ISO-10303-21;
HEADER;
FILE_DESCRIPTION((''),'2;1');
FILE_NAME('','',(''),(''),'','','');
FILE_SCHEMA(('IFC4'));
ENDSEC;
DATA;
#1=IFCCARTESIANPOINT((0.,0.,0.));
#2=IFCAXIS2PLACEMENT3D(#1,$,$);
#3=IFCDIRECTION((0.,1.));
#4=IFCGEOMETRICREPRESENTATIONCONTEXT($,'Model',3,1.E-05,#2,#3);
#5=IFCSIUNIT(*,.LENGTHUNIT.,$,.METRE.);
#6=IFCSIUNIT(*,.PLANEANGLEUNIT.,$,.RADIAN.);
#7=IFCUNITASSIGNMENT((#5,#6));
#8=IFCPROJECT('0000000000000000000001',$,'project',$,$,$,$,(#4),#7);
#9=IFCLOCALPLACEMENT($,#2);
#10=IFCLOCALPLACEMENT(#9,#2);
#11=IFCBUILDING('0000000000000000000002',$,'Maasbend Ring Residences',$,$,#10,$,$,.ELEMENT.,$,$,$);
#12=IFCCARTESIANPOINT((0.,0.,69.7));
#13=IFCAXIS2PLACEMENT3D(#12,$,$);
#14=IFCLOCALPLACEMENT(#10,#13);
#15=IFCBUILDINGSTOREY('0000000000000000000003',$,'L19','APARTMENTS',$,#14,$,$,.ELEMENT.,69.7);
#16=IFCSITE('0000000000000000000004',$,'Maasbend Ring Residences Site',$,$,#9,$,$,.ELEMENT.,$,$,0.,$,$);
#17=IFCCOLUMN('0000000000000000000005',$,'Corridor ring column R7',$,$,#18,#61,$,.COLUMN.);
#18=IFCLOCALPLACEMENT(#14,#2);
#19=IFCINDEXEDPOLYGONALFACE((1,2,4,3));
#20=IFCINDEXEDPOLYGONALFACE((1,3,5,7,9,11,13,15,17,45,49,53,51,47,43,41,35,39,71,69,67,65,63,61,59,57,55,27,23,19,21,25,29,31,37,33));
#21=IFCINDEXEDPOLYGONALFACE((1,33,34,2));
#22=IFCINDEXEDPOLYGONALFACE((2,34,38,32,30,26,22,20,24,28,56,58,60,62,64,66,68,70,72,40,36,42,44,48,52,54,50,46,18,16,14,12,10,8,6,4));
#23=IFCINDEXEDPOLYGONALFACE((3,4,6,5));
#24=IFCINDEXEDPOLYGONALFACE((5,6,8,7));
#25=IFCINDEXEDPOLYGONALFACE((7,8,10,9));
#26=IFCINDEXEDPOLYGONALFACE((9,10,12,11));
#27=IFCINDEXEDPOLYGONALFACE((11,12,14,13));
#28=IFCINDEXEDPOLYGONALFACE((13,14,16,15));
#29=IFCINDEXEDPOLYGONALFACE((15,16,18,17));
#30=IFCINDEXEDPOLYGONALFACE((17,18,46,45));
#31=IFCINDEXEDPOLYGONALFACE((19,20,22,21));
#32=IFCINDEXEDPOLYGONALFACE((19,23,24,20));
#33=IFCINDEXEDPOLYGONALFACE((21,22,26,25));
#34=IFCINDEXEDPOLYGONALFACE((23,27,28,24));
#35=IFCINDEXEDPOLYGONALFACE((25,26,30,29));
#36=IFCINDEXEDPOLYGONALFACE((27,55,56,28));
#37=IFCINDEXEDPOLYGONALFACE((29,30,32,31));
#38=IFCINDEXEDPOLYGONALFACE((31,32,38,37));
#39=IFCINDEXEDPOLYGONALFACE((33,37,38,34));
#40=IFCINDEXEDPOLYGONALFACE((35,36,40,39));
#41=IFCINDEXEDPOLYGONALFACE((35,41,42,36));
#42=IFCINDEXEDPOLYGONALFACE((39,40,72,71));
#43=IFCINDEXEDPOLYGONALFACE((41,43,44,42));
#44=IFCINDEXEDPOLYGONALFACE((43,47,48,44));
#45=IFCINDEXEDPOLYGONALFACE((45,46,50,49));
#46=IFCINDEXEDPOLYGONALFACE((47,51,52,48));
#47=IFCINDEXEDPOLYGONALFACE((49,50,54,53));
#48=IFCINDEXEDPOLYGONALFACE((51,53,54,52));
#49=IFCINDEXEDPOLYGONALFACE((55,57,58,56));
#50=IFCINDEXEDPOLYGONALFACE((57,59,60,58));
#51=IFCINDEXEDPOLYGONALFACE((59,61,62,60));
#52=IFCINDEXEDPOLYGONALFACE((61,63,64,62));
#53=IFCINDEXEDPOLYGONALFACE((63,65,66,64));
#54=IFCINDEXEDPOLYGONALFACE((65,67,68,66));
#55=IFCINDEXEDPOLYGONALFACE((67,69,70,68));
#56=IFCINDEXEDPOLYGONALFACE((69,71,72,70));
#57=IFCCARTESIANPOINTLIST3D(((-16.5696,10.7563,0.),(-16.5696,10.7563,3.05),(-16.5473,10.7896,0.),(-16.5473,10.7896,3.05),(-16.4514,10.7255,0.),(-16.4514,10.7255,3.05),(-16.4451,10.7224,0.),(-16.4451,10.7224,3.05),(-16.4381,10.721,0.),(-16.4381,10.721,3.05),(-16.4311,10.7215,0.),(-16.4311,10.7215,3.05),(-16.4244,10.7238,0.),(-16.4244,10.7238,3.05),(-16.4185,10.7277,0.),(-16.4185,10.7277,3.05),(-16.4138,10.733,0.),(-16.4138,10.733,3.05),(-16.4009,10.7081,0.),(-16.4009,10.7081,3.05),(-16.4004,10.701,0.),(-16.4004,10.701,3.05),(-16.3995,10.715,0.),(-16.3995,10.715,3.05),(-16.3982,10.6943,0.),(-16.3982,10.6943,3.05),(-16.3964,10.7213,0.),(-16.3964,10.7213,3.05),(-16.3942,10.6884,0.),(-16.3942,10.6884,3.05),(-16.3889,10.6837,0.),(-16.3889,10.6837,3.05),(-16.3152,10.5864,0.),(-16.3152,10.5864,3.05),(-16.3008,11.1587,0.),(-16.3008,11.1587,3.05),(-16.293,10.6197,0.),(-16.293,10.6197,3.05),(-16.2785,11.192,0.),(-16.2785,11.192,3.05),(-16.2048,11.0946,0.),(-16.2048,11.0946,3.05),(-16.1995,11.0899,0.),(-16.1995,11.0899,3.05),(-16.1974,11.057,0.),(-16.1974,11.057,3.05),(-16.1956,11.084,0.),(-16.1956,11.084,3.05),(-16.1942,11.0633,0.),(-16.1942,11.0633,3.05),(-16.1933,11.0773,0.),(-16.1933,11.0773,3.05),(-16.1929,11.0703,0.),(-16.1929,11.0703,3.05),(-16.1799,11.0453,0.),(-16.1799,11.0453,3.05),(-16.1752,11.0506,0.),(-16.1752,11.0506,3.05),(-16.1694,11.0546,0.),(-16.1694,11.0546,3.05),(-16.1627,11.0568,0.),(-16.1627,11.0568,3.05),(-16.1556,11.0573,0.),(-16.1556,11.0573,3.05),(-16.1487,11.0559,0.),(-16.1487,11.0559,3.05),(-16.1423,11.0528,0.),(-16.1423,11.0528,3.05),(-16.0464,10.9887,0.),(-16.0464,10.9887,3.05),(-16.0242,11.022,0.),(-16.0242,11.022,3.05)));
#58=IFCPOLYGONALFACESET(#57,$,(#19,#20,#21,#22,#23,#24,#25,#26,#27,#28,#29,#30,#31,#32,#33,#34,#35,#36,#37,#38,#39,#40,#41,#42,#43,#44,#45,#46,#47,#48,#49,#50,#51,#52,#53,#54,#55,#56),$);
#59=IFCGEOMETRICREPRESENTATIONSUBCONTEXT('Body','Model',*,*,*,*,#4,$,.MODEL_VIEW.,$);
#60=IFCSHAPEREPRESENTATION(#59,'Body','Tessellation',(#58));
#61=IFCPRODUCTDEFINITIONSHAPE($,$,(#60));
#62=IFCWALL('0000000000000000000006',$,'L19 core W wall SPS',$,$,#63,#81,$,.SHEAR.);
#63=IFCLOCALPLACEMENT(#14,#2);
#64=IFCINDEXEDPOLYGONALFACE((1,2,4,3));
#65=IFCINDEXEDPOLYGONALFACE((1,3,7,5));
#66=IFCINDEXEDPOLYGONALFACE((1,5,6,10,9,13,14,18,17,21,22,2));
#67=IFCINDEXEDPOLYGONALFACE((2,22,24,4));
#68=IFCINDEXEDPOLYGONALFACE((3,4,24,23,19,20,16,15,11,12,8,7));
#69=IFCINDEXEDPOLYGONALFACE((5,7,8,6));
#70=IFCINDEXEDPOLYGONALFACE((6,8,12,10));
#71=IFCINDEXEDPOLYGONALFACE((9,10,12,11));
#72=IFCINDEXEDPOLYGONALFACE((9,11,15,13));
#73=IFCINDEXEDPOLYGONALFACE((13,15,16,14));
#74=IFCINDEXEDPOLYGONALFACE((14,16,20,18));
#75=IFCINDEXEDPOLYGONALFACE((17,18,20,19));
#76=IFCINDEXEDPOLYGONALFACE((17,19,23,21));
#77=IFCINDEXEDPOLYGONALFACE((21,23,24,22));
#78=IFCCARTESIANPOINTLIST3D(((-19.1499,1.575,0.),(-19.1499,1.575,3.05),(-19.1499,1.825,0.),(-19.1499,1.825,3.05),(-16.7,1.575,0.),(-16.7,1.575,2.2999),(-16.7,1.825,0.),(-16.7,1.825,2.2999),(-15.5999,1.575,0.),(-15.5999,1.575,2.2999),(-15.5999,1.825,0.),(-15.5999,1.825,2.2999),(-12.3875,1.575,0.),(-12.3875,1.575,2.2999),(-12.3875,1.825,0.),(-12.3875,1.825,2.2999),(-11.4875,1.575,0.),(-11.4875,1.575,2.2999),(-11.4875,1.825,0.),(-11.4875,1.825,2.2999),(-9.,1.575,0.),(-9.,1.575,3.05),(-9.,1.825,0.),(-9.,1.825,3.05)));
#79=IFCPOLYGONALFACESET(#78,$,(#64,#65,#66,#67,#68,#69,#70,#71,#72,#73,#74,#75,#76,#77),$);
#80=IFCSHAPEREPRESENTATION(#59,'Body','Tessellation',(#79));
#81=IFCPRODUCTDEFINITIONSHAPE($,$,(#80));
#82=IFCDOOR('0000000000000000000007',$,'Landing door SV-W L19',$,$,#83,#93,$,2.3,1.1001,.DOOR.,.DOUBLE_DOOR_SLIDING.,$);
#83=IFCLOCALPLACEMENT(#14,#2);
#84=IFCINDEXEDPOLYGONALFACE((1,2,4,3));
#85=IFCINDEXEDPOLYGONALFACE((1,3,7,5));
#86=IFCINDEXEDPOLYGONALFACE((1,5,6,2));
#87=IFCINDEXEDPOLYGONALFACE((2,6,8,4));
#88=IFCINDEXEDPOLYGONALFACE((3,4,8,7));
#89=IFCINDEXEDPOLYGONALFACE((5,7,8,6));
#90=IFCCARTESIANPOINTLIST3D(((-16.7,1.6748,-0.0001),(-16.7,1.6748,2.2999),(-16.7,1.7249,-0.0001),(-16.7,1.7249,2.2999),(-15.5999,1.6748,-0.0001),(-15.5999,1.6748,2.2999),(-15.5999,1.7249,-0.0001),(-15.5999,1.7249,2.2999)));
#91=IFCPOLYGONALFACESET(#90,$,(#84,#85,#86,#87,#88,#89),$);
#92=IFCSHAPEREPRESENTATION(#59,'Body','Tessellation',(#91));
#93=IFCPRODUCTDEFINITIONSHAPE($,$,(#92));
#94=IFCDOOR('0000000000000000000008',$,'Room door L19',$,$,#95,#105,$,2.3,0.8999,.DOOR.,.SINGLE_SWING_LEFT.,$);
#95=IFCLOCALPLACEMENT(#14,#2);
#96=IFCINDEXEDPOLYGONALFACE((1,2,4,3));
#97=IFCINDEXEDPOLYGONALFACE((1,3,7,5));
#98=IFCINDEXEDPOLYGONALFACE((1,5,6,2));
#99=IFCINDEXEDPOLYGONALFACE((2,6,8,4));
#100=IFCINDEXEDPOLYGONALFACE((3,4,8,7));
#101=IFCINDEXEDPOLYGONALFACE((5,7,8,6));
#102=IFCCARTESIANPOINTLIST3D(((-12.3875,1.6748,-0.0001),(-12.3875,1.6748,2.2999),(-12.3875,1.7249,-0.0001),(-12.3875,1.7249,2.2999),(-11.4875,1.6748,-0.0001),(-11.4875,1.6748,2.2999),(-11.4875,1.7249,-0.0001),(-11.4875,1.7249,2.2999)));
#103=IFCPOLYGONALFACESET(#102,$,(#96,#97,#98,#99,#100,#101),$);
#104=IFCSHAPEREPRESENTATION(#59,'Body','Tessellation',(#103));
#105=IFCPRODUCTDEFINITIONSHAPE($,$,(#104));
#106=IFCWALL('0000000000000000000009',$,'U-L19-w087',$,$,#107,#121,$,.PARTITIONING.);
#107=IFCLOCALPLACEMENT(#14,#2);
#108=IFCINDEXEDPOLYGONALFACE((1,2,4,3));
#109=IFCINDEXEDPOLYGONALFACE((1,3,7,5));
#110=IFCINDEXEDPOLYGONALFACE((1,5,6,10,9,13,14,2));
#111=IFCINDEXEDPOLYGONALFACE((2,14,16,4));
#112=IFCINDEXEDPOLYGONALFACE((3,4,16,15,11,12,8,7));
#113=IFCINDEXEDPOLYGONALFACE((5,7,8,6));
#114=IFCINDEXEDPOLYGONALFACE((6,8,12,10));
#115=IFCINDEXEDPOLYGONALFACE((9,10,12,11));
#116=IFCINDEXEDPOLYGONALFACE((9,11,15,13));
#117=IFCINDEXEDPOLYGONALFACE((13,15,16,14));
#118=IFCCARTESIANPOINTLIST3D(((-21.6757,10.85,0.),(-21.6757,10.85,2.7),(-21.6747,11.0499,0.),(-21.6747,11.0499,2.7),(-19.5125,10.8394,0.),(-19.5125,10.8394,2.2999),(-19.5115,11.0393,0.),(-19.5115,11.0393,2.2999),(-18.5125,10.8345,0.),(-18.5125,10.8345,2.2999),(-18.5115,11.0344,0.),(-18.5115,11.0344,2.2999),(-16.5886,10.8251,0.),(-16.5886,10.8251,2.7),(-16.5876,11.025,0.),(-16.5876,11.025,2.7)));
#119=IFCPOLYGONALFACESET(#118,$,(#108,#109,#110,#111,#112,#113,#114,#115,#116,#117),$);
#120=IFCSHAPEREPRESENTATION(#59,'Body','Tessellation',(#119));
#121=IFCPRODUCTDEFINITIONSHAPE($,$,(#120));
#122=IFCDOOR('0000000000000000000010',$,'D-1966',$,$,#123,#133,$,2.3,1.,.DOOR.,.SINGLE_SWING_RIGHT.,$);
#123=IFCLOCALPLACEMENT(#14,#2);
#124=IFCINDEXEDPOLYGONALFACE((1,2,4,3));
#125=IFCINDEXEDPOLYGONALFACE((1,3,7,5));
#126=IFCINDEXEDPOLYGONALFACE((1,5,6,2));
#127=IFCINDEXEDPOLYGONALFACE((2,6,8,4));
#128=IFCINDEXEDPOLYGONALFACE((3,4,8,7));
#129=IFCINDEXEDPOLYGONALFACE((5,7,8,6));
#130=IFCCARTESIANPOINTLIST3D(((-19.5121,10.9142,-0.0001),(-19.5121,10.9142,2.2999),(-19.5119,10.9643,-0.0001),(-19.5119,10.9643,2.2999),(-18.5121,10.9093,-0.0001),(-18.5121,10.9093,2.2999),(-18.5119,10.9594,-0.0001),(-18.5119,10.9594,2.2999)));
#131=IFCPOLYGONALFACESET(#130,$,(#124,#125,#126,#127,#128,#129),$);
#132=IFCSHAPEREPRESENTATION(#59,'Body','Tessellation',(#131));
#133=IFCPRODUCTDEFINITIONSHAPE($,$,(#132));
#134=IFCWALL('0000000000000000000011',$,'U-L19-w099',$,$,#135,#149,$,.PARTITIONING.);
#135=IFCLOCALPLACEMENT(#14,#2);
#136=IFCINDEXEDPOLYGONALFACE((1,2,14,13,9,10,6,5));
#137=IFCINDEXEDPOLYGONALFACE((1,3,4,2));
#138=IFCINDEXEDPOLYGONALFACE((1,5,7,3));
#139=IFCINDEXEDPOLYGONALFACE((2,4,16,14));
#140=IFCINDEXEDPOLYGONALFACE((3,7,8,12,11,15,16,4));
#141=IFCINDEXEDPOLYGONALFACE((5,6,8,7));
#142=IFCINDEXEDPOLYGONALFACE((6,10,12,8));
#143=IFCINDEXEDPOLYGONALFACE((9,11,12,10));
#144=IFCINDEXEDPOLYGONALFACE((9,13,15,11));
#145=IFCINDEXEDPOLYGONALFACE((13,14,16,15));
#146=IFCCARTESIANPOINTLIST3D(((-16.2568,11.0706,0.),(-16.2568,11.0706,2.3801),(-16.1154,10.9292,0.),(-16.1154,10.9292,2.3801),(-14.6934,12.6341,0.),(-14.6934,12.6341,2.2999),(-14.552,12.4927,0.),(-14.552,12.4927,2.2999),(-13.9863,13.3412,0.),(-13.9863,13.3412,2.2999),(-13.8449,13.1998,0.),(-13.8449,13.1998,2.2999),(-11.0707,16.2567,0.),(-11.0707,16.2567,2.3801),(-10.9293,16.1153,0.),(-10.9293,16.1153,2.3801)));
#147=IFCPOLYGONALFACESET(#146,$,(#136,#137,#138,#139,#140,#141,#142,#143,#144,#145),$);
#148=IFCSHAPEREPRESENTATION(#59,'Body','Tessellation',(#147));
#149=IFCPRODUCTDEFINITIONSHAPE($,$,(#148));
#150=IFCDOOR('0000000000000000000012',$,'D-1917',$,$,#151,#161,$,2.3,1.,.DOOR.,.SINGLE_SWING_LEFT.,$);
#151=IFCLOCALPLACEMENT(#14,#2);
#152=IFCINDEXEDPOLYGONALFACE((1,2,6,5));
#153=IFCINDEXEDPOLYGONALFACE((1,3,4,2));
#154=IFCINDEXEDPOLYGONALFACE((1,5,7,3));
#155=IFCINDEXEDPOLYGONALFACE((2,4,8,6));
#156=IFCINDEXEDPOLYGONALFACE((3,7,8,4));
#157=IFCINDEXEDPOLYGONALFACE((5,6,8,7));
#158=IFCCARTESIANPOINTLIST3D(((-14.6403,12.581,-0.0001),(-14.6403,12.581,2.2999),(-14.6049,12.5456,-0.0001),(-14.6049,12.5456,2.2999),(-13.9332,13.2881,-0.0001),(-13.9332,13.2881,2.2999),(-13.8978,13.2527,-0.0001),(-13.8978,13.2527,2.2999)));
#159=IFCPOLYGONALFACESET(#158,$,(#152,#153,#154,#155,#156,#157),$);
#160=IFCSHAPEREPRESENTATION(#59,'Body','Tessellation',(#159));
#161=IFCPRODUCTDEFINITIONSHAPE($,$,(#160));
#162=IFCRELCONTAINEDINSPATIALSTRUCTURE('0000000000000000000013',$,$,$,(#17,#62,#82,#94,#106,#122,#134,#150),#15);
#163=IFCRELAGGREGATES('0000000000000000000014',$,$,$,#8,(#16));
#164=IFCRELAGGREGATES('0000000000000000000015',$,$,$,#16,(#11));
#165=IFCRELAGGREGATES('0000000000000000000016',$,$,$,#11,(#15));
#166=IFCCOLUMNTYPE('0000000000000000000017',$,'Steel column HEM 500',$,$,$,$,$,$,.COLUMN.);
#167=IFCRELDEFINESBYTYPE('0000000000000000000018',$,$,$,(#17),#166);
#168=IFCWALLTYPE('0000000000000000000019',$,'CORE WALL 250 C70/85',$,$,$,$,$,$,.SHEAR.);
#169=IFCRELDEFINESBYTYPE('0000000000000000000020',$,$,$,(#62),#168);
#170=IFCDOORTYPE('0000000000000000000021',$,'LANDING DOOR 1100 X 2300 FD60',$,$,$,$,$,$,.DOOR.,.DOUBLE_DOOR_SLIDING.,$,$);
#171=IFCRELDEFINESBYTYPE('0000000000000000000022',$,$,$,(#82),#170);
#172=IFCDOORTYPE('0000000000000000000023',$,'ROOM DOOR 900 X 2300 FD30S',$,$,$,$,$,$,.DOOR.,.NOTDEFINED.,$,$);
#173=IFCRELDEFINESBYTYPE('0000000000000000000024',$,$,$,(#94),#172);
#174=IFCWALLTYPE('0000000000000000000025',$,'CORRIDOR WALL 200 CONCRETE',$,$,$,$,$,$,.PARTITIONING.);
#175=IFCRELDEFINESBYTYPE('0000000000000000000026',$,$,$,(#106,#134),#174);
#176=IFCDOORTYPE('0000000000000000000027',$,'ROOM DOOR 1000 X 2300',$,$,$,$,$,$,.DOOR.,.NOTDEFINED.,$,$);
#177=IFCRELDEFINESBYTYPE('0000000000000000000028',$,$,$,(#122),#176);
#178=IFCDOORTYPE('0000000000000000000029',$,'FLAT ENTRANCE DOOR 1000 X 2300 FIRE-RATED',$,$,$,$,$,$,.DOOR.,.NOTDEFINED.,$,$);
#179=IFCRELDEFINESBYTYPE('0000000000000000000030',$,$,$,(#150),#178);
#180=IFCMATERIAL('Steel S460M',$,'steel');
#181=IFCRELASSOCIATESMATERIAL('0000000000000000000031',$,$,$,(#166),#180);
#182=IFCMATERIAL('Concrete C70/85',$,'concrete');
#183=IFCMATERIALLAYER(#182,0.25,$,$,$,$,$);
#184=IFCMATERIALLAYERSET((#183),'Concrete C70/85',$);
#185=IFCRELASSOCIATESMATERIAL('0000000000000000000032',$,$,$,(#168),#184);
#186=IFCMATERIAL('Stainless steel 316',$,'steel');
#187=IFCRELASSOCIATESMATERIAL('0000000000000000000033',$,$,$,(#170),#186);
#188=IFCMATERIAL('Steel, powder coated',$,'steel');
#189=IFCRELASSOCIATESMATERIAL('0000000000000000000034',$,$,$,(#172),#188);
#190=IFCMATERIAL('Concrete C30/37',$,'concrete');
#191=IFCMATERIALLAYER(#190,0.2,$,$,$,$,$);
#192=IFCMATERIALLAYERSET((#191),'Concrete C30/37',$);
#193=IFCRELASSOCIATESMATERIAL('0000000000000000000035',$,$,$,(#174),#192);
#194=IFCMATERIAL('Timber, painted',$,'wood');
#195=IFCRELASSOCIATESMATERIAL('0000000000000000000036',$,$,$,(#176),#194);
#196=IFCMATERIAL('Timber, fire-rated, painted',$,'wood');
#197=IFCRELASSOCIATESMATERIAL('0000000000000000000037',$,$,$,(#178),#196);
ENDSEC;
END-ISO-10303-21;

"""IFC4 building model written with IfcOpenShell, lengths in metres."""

from ifc_helpers import new_model, si_unit, direction, frame, frame_2d, origin, origin_2d, place, context, subcontext, project, spatial, rectangle, i_section, extrude, material, layer, layer_set, material_profile, profile_set, type_object, element, fill, save


model = new_model("IFC4")

# Units and contexts
model_context = context("Model", 3, precision=1e-05, world=origin(), true_north=direction((0.0, 1.0)))
body_context = subcontext(model_context, "Body", "Model", "MODEL_VIEW")
ifc_project = project(units=[si_unit("LENGTHUNIT", "METRE"), si_unit("PLANEANGLEUNIT", "RADIAN")], contexts=[model_context])

# Site, building, storey
site_placement = place(None, origin())
site = spatial("IfcSite", under=ifc_project, at=site_placement, Name="Maasbend Ring Residences Site", CompositionType="ELEMENT", RefElevation=0.0)
building_placement = place(site_placement, origin())
building = spatial("IfcBuilding", under=site, at=building_placement, Name="Maasbend Ring Residences", CompositionType="ELEMENT")
storey_placement = place(building_placement, frame((0.0, 0.0, 69.7)))
storey = spatial("IfcBuildingStorey", under=building, at=storey_placement, Name="L19", Description="APARTMENTS", CompositionType="ELEMENT", Elevation=69.7)

# Column
ifc_material_1 = material(Name="Steel S460M", Category="steel")
ifc_material_profile = material_profile(ifc_material_1, i_section(OverallWidth=0.3059, OverallDepth=0.5239, WebThickness=0.021, FlangeThickness=0.04, FilletRadius=0.0271, at=origin_2d()), Name="HEM 500")
ifc_profile_set = profile_set([ifc_material_profile], Name="Steel S460M")
column_type = type_object("IfcColumnType", Name="Steel column HEM 500", PredefinedType="COLUMN", material=ifc_profile_set)
column_placement = place(storey_placement, frame((-16.2969, 10.8892, 0.0), z_axis=(0.0, 0.0, 1.0), x_axis=(-0.83147, 0.55557, 0.0)))
element("IfcColumn", 1, at=column_placement, inside=storey, type_object=column_type, Name="Corridor ring column R7", PredefinedType="COLUMN", context=body_context, shape_type="SweptSolid", body=[
    extrude(i_section(OverallWidth=0.3059, OverallDepth=0.5239, WebThickness=0.021, FlangeThickness=0.04, FilletRadius=0.0271, at=origin_2d()), origin(), (0.0, 0.0, 1.0), 3.05),
])

# Wall, openings, doors
ifc_material_2 = material(Name="Concrete C70/85", Category="concrete")
ifc_layer_1 = layer(ifc_material_2, 0.25)
ifc_layer_set_1 = layer_set([ifc_layer_1], Name="Concrete C70/85")
wall_type_1 = type_object("IfcWallType", Name="CORE WALL 250 C70/85", PredefinedType="SHEAR", material=ifc_layer_set_1)
wall_1_placement = place(storey_placement, frame((-19.1499, 1.7, 0.0), z_axis=(0.0, 0.0, 1.0), x_axis=(1.0, 0.0, 0.0)))
wall_1 = element("IfcWall", 2, at=wall_1_placement, inside=storey, type_object=wall_type_1, Name="L19 core W wall SPS", PredefinedType="SHEAR", context=body_context, shape_type="SweptSolid", body=[
    extrude(rectangle(XDim=10.1499, YDim=0.25, at=frame_2d((5.075, 0.0))), origin(), (0.0, 0.0, 1.0), 3.05),
])
opening_1_placement = place(wall_1_placement, frame((2.45, 0.0, 0.0)))
opening_1 = element("IfcOpeningElement", 3, at=opening_1_placement, cuts=wall_1, PredefinedType="OPENING", context=body_context, shape_type="SweptSolid", body=[
    extrude(rectangle(XDim=1.1001, YDim=2.3, at=frame_2d((0.55, 1.1499))), frame((0.0, 0.135, 0.0), z_axis=(0.0, -1.0, 0.0), x_axis=(1.0, 0.0, 0.0)), (0.0, 0.0, 1.0), 0.27),
])
opening_2_placement = place(wall_1_placement, frame((6.7625, 0.0, 0.0)))
opening_2 = element("IfcOpeningElement", 4, at=opening_2_placement, cuts=wall_1, PredefinedType="OPENING", context=body_context, shape_type="SweptSolid", body=[
    extrude(rectangle(XDim=0.8999, YDim=2.3, at=frame_2d((0.45, 1.1499))), frame((0.0, 0.135, 0.0), z_axis=(0.0, -1.0, 0.0), x_axis=(1.0, 0.0, 0.0)), (0.0, 0.0, 1.0), 0.27),
])
ifc_material_3 = material(Name="Stainless steel 316", Category="steel")
door_type_1 = type_object("IfcDoorType", Name="LANDING DOOR 1100 X 2300 FD60", OperationType="DOUBLE_DOOR_SLIDING", PredefinedType="DOOR", material=ifc_material_3)
door_1_placement = place(opening_1_placement, origin())
door_1 = element("IfcDoor", 5, at=door_1_placement, inside=storey, type_object=door_type_1, Name="Landing door SV-W L19", OperationType="DOUBLE_DOOR_SLIDING", OverallHeight=2.3, OverallWidth=1.1001, PredefinedType="DOOR", context=body_context, shape_type="SweptSolid", body=[
    extrude(rectangle(XDim=1.1001, YDim=2.3, at=frame_2d((0.55, 1.1499))), frame((0.0, 0.0249, 0.0), z_axis=(0.0, -1.0, 0.0), x_axis=(1.0, 0.0, 0.0)), (0.0, 0.0, 1.0), 0.05),
])
fill(opening_1, door_1)
ifc_material_4 = material(Name="Steel, powder coated", Category="steel")
door_type_2 = type_object("IfcDoorType", Name="ROOM DOOR 900 X 2300 FD30S", OperationType="NOTDEFINED", PredefinedType="DOOR", material=ifc_material_4)
door_2_placement = place(opening_2_placement, origin())
door_2 = element("IfcDoor", 6, at=door_2_placement, inside=storey, type_object=door_type_2, Name="Room door L19", OperationType="SINGLE_SWING_LEFT", OverallHeight=2.3, OverallWidth=0.8999, PredefinedType="DOOR", context=body_context, shape_type="SweptSolid", body=[
    extrude(rectangle(XDim=0.8999, YDim=2.3, at=frame_2d((0.45, 1.1499))), frame((0.0, 0.0249, 0.0), z_axis=(0.0, -1.0, 0.0), x_axis=(1.0, 0.0, 0.0)), (0.0, 0.0, 1.0), 0.05),
])
fill(opening_2, door_2)

# Walls, openings, doors
ifc_material_5 = material(Name="Concrete C30/37", Category="concrete")
ifc_layer_2 = layer(ifc_material_5, 0.2)
ifc_layer_set_2 = layer_set([ifc_layer_2], Name="Concrete C30/37")
wall_type_2 = type_object("IfcWallType", Name="CORRIDOR WALL 200 CONCRETE", PredefinedType="PARTITIONING", material=ifc_layer_set_2)
wall_2_placement = place(storey_placement, frame((-21.675, 10.95, 0.0), z_axis=(0.0, 0.0, 1.0), x_axis=(0.999988, -0.004895, 0.0)))
wall_2 = element("IfcWall", 7, at=wall_2_placement, inside=storey, type_object=wall_type_2, Name="U-L19-w087", PredefinedType="PARTITIONING", context=body_context, shape_type="SweptSolid", body=[
    extrude(rectangle(XDim=5.0872, YDim=0.2, at=frame_2d((2.5435, 0.0))), origin(), (0.0, 0.0, 1.0), 2.7),
])
opening_3_placement = place(wall_2_placement, frame((2.1631, 0.0, 0.0)))
opening_3 = element("IfcOpeningElement", 8, at=opening_3_placement, cuts=wall_2, PredefinedType="OPENING", context=body_context, shape_type="SweptSolid", body=[
    extrude(rectangle(XDim=1.0, YDim=2.3, at=frame_2d((0.5, 1.1499))), frame((0.0, 0.1099, 0.0), z_axis=(0.0, -1.0, 0.0), x_axis=(1.0, 0.0, 0.0)), (0.0, 0.0, 1.0), 0.22),
])
ifc_material_6 = material(Name="Timber, painted", Category="wood")
door_type_3 = type_object("IfcDoorType", Name="ROOM DOOR 1000 X 2300", OperationType="NOTDEFINED", PredefinedType="DOOR", material=ifc_material_6)
door_3_placement = place(opening_3_placement, origin())
door_3 = element("IfcDoor", 9, at=door_3_placement, inside=storey, type_object=door_type_3, Name="D-1966", OperationType="SINGLE_SWING_RIGHT", OverallHeight=2.3, OverallWidth=1.0, PredefinedType="DOOR", context=body_context, shape_type="SweptSolid", body=[
    extrude(rectangle(XDim=1.0, YDim=2.3, at=frame_2d((0.5, 1.1499))), frame((0.0, 0.0249, 0.0), z_axis=(0.0, -1.0, 0.0), x_axis=(1.0, 0.0, 0.0)), (0.0, 0.0, 1.0), 0.05),
])
fill(opening_3, door_3)
wall_3_placement = place(storey_placement, frame((-16.186, 11.0, 0.0), z_axis=(0.0, 0.0, 1.0), x_axis=(0.707107, 0.707107, 0.0)))
wall_3 = element("IfcWall", 10, at=wall_3_placement, inside=storey, type_object=wall_type_2, Name="U-L19-w099", PredefinedType="PARTITIONING", context=body_context, shape_type="SweptSolid", body=[
    extrude(rectangle(XDim=7.3342, YDim=0.2, at=frame_2d((3.667, 0.0))), origin(), (0.0, 0.0, 1.0), 2.3801),
])
opening_4_placement = place(wall_3_placement, frame((2.2109, 0.0, 0.0)))
opening_4 = element("IfcOpeningElement", 11, at=opening_4_placement, cuts=wall_3, PredefinedType="OPENING", context=body_context, shape_type="SweptSolid", body=[
    extrude(rectangle(XDim=1.0, YDim=2.3, at=frame_2d((0.5, 1.1499))), frame((0.0, 0.1099, 0.0), z_axis=(0.0, -1.0, 0.0), x_axis=(1.0, 0.0, 0.0)), (0.0, 0.0, 1.0), 0.22),
])
ifc_material_7 = material(Name="Timber, fire-rated, painted", Category="wood")
door_type_4 = type_object("IfcDoorType", Name="FLAT ENTRANCE DOOR 1000 X 2300 FIRE-RATED", OperationType="NOTDEFINED", PredefinedType="DOOR", material=ifc_material_7)
door_4_placement = place(opening_4_placement, origin())
door_4 = element("IfcDoor", 12, at=door_4_placement, inside=storey, type_object=door_type_4, Name="D-1917", OperationType="SINGLE_SWING_LEFT", OverallHeight=2.3, OverallWidth=1.0, PredefinedType="DOOR", context=body_context, shape_type="SweptSolid", body=[
    extrude(rectangle(XDim=1.0, YDim=2.3, at=frame_2d((0.5, 1.1499))), frame((0.0, 0.0249, 0.0), z_axis=(0.0, -1.0, 0.0), x_axis=(1.0, 0.0, 0.0)), (0.0, 0.0, 1.0), 0.05),
])
fill(opening_4, door_4)

save(model, "model.ifc")
